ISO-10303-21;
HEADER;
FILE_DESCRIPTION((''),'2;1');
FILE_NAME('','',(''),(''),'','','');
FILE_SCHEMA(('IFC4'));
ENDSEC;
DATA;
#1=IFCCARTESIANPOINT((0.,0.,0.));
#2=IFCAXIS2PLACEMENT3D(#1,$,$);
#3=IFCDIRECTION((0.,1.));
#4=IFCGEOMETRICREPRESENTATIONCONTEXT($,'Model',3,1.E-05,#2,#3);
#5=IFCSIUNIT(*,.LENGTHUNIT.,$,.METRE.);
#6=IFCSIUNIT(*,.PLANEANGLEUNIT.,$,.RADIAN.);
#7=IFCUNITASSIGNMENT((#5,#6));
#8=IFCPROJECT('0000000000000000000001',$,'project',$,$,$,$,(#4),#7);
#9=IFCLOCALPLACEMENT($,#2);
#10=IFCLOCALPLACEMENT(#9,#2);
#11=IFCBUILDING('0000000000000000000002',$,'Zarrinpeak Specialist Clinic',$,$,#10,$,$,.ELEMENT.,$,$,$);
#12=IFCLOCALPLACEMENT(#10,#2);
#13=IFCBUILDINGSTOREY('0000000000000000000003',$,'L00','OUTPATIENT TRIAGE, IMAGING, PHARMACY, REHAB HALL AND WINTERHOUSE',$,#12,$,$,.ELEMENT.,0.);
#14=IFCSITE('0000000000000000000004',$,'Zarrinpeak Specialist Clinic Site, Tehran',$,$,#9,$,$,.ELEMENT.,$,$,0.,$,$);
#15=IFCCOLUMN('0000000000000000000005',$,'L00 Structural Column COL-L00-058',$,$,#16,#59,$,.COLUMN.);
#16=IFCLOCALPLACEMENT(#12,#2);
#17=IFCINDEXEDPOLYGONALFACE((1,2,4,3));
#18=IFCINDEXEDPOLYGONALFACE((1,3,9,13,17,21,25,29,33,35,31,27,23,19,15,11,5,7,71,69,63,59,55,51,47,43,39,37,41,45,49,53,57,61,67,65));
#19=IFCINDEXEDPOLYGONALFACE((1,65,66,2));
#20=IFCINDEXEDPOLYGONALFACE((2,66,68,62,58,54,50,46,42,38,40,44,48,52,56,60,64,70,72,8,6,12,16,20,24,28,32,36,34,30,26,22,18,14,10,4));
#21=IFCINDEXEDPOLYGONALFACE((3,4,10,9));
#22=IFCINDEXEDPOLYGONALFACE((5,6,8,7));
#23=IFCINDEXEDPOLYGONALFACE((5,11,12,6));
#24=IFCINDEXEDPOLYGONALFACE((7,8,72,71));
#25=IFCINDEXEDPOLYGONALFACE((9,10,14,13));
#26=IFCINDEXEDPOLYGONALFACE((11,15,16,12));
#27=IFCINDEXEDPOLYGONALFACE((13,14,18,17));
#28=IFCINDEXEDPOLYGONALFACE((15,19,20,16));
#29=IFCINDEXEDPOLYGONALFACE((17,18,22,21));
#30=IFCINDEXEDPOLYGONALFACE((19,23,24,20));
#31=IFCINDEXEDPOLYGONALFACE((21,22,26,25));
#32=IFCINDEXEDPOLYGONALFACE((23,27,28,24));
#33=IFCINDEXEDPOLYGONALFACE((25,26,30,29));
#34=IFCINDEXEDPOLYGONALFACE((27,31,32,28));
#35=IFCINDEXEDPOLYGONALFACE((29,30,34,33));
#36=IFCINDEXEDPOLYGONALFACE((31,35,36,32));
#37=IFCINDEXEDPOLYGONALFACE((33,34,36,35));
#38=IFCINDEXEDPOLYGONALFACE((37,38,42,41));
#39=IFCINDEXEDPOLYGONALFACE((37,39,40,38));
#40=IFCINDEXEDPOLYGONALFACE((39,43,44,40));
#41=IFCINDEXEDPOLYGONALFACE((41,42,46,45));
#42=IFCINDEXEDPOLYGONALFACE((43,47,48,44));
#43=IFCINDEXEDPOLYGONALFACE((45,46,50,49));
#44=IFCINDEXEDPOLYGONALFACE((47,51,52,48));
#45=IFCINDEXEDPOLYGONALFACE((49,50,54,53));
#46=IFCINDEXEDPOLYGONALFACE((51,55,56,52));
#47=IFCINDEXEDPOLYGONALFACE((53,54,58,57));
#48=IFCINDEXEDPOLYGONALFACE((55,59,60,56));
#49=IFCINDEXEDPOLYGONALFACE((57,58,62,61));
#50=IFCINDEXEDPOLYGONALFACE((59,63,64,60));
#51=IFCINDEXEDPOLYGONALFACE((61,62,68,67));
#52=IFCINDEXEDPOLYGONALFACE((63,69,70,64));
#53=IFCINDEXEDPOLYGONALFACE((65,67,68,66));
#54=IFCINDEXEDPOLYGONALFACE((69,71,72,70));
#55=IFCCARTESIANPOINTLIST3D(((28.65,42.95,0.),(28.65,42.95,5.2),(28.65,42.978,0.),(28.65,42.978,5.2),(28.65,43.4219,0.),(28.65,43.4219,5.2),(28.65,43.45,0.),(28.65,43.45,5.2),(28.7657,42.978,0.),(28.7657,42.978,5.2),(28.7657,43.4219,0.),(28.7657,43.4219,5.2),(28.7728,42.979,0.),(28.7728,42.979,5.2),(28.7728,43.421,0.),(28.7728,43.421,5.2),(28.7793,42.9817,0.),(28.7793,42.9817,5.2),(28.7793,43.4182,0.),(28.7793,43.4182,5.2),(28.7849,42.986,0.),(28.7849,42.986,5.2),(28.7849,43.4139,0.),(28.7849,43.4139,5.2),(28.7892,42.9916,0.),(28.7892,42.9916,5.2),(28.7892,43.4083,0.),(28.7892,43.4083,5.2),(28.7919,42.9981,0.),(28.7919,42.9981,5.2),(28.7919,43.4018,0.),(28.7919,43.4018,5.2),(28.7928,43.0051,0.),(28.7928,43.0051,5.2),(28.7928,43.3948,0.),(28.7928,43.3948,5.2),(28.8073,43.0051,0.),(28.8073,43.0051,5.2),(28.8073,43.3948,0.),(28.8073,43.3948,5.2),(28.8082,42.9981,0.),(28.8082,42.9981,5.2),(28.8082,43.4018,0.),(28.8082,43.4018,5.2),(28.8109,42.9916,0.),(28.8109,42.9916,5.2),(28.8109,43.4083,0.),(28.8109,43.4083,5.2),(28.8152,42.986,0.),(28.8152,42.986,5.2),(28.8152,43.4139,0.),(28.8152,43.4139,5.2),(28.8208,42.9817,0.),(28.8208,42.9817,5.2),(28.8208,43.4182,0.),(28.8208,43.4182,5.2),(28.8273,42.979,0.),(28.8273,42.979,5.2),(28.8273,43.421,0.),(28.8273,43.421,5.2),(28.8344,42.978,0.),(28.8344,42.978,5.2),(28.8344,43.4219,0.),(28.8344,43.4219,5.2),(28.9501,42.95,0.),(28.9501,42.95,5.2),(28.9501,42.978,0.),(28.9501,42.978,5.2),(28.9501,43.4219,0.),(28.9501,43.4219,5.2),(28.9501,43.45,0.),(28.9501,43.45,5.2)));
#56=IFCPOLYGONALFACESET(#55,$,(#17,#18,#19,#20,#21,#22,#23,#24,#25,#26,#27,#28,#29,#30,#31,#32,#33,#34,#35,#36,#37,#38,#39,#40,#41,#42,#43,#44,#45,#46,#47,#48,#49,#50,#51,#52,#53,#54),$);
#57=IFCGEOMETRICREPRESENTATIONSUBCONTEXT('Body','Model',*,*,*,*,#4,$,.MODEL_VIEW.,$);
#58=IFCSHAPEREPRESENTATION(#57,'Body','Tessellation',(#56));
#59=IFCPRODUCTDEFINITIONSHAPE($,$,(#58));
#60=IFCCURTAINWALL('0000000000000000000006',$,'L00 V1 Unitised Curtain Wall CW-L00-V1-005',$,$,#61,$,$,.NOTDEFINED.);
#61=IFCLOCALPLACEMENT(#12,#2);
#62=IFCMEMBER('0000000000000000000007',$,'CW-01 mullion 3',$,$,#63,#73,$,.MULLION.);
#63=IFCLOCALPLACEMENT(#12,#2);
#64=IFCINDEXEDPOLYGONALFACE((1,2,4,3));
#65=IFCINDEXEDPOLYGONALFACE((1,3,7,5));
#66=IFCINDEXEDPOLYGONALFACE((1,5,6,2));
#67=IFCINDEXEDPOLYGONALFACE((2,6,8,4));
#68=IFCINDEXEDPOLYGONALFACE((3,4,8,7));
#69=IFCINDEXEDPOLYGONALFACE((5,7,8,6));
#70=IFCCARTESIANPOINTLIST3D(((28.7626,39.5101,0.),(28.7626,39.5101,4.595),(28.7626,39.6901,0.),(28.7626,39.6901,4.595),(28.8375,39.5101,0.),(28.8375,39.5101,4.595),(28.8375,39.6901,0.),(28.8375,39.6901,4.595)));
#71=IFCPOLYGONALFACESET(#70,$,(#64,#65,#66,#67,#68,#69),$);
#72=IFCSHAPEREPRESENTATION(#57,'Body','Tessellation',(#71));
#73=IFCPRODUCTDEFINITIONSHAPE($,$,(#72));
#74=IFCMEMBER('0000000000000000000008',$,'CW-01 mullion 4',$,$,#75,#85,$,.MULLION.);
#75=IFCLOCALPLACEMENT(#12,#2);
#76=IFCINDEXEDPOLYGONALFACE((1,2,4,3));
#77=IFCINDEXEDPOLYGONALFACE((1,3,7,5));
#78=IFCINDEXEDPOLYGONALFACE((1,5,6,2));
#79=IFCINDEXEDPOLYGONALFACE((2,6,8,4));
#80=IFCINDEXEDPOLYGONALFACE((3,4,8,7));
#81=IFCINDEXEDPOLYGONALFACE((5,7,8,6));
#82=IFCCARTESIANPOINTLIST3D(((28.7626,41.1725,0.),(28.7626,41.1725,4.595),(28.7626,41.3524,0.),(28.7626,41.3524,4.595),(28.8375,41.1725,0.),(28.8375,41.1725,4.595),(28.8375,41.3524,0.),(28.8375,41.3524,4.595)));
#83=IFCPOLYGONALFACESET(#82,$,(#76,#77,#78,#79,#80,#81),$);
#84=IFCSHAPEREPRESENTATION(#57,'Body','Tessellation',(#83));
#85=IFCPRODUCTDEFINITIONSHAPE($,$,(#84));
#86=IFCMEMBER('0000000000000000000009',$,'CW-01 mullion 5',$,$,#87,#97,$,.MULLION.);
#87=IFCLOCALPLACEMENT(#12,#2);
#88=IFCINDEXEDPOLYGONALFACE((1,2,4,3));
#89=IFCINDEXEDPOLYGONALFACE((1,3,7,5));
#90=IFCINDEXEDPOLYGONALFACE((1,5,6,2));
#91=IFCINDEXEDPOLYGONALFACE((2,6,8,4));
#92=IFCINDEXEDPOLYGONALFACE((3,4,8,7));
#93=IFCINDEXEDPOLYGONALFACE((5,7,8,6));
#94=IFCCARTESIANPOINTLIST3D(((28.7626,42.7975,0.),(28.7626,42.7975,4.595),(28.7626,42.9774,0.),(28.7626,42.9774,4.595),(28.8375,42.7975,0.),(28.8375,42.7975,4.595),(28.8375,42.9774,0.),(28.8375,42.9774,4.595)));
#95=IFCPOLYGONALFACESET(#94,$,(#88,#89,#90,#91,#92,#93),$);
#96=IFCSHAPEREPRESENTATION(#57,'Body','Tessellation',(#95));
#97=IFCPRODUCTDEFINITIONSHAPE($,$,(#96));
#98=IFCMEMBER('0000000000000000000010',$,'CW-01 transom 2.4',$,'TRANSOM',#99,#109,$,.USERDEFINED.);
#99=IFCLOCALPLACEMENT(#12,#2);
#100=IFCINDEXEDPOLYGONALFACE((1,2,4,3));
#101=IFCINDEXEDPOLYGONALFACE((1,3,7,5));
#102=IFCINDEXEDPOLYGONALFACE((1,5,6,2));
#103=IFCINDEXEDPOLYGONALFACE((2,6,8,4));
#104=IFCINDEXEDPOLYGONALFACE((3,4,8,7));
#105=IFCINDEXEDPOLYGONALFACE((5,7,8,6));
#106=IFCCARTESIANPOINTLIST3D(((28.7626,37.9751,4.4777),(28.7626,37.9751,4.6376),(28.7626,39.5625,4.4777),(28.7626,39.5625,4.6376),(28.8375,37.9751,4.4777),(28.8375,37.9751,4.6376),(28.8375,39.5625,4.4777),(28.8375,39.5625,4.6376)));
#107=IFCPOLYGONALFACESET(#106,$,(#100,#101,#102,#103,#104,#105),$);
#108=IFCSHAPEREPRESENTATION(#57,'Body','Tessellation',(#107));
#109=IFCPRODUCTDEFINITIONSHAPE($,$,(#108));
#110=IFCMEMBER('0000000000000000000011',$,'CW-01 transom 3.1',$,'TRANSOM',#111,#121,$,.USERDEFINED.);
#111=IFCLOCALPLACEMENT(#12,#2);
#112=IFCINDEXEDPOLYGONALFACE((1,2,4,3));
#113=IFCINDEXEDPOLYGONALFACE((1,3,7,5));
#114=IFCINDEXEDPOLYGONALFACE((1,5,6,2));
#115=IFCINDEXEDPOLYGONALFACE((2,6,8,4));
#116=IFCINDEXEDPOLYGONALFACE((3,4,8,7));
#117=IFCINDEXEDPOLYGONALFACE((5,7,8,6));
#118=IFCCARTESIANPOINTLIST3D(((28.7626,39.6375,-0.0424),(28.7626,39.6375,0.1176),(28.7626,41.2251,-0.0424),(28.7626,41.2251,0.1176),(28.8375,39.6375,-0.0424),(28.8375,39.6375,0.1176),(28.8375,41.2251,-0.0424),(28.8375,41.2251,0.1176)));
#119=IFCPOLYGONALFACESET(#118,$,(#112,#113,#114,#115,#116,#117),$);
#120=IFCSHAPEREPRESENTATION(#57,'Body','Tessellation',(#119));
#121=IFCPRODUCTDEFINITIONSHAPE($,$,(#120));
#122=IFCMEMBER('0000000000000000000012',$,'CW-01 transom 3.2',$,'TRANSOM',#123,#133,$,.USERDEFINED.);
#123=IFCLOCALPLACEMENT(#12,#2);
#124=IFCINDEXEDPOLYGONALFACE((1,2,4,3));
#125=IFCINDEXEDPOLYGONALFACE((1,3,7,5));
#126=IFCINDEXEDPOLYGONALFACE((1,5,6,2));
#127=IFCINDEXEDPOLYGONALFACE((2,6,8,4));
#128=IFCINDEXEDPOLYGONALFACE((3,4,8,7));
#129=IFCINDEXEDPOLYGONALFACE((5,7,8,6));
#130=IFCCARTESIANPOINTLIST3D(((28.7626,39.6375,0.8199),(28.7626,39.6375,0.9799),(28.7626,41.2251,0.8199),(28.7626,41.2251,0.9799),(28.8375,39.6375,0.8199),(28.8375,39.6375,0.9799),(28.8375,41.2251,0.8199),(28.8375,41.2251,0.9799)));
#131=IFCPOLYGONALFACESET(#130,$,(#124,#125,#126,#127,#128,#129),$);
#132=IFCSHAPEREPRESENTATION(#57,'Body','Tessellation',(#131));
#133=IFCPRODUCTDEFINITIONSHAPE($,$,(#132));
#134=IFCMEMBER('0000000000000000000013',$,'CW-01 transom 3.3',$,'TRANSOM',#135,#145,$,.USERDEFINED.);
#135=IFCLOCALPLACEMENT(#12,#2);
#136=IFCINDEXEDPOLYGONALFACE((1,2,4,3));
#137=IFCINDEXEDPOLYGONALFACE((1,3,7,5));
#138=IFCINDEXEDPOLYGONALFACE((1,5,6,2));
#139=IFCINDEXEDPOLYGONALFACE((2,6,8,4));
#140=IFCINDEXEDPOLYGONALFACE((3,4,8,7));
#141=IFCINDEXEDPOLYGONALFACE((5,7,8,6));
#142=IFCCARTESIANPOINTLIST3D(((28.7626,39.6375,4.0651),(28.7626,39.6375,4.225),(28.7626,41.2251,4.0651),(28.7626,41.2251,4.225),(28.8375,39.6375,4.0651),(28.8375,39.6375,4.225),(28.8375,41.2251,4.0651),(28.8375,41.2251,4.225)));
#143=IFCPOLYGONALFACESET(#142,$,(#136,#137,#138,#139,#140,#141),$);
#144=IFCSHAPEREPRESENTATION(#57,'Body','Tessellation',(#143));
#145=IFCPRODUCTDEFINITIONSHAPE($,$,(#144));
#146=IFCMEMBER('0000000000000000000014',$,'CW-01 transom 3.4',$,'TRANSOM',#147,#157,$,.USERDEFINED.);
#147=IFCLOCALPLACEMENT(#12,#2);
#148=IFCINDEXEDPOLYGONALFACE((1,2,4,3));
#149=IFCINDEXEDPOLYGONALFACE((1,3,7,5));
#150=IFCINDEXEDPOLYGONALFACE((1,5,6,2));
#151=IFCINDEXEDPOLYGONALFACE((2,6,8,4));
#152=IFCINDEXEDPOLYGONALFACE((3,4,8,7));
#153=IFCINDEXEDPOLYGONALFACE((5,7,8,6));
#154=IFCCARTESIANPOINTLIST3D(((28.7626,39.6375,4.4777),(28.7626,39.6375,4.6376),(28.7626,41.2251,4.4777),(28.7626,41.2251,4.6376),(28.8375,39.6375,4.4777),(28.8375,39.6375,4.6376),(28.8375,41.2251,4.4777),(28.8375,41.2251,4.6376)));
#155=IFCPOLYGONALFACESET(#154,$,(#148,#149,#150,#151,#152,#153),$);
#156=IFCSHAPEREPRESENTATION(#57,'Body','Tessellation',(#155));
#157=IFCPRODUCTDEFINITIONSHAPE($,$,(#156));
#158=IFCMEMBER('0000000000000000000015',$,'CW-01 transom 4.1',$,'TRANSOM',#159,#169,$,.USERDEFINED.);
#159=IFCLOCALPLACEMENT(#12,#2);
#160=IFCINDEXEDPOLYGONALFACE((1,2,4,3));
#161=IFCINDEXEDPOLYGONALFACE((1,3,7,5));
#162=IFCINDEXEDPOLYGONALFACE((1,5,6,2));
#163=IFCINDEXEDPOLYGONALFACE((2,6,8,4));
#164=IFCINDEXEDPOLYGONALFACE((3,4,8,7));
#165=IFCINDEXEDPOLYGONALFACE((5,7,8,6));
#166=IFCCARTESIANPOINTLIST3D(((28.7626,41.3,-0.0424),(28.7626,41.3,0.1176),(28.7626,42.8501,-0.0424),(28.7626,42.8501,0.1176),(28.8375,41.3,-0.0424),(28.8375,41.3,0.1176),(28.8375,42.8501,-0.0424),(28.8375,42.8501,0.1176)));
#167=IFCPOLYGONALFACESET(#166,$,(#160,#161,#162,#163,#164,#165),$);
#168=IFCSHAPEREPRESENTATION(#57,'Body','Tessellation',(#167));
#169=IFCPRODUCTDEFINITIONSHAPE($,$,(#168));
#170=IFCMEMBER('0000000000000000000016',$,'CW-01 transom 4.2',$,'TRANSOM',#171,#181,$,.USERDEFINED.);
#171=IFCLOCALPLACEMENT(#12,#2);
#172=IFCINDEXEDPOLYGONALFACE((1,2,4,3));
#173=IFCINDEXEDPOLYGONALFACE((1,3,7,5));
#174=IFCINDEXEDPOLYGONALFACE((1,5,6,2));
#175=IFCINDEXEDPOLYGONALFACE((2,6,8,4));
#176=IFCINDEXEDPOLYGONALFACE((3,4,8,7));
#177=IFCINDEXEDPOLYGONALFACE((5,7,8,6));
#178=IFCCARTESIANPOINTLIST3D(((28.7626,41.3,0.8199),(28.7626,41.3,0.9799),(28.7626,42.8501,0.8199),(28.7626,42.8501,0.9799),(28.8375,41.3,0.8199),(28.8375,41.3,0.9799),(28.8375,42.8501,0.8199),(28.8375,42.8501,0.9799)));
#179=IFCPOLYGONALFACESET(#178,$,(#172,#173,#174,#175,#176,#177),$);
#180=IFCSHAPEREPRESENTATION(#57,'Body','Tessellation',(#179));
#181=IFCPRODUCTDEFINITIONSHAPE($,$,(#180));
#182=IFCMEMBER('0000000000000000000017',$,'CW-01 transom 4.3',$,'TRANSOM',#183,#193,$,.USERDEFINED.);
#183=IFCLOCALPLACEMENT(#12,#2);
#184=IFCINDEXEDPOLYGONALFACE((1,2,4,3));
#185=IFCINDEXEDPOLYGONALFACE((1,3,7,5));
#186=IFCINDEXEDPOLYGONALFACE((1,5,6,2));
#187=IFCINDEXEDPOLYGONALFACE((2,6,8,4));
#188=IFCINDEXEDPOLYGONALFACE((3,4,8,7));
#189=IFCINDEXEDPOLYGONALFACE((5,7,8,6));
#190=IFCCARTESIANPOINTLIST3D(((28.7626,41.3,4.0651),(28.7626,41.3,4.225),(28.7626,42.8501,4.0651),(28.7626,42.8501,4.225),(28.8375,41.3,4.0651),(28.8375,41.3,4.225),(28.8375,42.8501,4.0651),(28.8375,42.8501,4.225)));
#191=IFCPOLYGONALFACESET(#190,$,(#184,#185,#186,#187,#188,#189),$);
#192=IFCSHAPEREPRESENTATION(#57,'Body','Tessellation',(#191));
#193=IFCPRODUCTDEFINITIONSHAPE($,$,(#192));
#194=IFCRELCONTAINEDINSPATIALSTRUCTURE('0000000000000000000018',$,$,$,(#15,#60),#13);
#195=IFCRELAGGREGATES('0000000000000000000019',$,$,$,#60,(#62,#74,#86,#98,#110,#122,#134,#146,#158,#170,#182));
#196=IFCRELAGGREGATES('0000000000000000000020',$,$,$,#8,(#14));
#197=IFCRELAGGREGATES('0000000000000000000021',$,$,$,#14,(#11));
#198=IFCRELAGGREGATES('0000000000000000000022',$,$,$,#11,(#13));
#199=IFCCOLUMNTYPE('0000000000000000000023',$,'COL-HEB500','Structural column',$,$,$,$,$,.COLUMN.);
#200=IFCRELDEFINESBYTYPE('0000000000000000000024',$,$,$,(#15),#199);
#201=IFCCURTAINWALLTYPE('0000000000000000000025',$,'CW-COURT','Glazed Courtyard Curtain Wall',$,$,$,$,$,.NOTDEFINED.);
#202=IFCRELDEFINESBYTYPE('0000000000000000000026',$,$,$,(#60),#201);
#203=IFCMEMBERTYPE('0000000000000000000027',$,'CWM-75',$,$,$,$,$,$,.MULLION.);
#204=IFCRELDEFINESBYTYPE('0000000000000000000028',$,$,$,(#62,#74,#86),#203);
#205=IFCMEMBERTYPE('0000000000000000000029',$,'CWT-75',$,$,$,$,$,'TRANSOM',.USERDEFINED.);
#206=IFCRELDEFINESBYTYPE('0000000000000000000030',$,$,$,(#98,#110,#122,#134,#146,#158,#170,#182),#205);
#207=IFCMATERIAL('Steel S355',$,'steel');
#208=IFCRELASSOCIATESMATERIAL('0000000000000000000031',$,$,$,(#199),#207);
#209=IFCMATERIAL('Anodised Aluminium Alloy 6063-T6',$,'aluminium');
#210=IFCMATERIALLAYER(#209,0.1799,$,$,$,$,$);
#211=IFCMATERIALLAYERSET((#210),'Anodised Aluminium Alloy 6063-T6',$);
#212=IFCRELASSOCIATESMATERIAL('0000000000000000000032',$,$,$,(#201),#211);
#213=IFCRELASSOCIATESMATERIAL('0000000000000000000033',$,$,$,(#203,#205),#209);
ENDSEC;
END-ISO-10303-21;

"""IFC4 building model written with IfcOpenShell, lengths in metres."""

from ifc_helpers import new_model, si_unit, direction, frame, origin, origin_2d, place, context, subcontext, project, spatial, rectangle, i_section, extrude, material, layer, layer_set, material_profile, profile_set, type_object, element, aggregate, save


model = new_model("IFC4")

# Units and contexts
model_context = context("Model", 3, precision=1e-05, world=origin(), true_north=direction((0.0, 1.0)))
body_context = subcontext(model_context, "Body", "Model", "MODEL_VIEW")
ifc_project = project(units=[si_unit("LENGTHUNIT", "METRE"), si_unit("PLANEANGLEUNIT", "RADIAN")], contexts=[model_context])

# Site, building, storey
site_placement = place(None, origin())
site = spatial("IfcSite", under=ifc_project, at=site_placement, Name="Zarrinpeak Specialist Clinic Site, Tehran", CompositionType="ELEMENT", RefElevation=0.0)
building_placement = place(site_placement, origin())
building = spatial("IfcBuilding", under=site, at=building_placement, Name="Zarrinpeak Specialist Clinic", CompositionType="ELEMENT")
storey_placement = place(building_placement, origin())
storey = spatial("IfcBuildingStorey", under=building, at=storey_placement, Name="L00", Description="OUTPATIENT TRIAGE, IMAGING, PHARMACY, REHAB HALL AND WINTERHOUSE", CompositionType="ELEMENT", Elevation=0.0)

# Column
ifc_material_1 = material(Name="Steel S355", Category="steel")
ifc_material_profile_1 = material_profile(ifc_material_1, i_section(OverallWidth=0.3, OverallDepth=0.5, WebThickness=0.0144, FlangeThickness=0.0281, FilletRadius=0.0271, at=origin_2d()), Name="HEB 500")
ifc_profile_set_1 = profile_set([ifc_material_profile_1], Name="Steel S355")
column_type = type_object("IfcColumnType", Name="COL-HEB500", Description="Structural column", PredefinedType="COLUMN", material=ifc_profile_set_1)
column_placement = place(storey_placement, frame((28.8, 43.2, 0.0), z_axis=(0.0, 0.0, 1.0), x_axis=(1.0, 0.0, 0.0)))
element("IfcColumn", 1, at=column_placement, inside=storey, type_object=column_type, Name="L00 Structural Column COL-L00-058", PredefinedType="COLUMN", context=body_context, shape_type="SweptSolid", body=[
    extrude(i_section(OverallWidth=0.3, OverallDepth=0.5, WebThickness=0.0144, FlangeThickness=0.0281, FilletRadius=0.0271, at=origin_2d()), origin(), (0.0, 0.0, 1.0), 5.2),
])

# Curtain wall, members
ifc_material_2 = material(Name="Anodised Aluminium Alloy 6063-T6", Category="aluminium")
ifc_layer_1 = layer(ifc_material_2, 0.1799)
ifc_layer_set_1 = layer_set([ifc_layer_1], Name="Anodised Aluminium Alloy 6063-T6")
curtain_wall_type = type_object("IfcCurtainWallType", Name="CW-COURT", Description="Glazed Courtyard Curtain Wall", PredefinedType="NOTDEFINED", material=ifc_layer_set_1)
curtain_wall_placement = place(storey_placement, origin())
curtain_wall = element("IfcCurtainWall", 2, at=curtain_wall_placement, inside=storey, type_object=curtain_wall_type, Name="L00 V1 Unitised Curtain Wall CW-L00-V1-005", PredefinedType="NOTDEFINED")
ifc_material_profile_2 = material_profile(ifc_material_2, rectangle(XDim=0.075, YDim=0.1799, at=origin_2d()), Name="ALU 75x180")
ifc_profile_set_2 = profile_set([ifc_material_profile_2], Name="Anodised Aluminium Alloy 6063-T6")
member_type_1 = type_object("IfcMemberType", Name="CWM-75", PredefinedType="MULLION", material=ifc_profile_set_2)
member_1_placement = place(storey_placement, frame((28.8, 39.6001, 0.0), z_axis=(0.0, 0.0, 1.0), x_axis=(-1.0, 0.0, 0.0)))
member_1 = element("IfcMember", 3, at=member_1_placement, type_object=member_type_1, Name="CW-01 mullion 3", PredefinedType="MULLION", context=body_context, shape_type="SweptSolid", body=[
    extrude(rectangle(XDim=0.075, YDim=0.1799, at=origin_2d()), origin(), (0.0, 0.0, 1.0), 4.595),
])
member_2_placement = place(storey_placement, frame((28.8, 41.2625, 0.0), z_axis=(0.0, 0.0, 1.0), x_axis=(-1.0, 0.0, 0.0)))
member_2 = element("IfcMember", 4, at=member_2_placement, type_object=member_type_1, Name="CW-01 mullion 4", PredefinedType="MULLION", context=body_context, shape_type="SweptSolid", body=[
    extrude(rectangle(XDim=0.075, YDim=0.1799, at=origin_2d()), origin(), (0.0, 0.0, 1.0), 4.595),
])
member_3_placement = place(storey_placement, frame((28.8, 42.8875, 0.0), z_axis=(0.0, 0.0, 1.0), x_axis=(-1.0, 0.0, 0.0)))
member_3 = element("IfcMember", 5, at=member_3_placement, type_object=member_type_1, Name="CW-01 mullion 5", PredefinedType="MULLION", context=body_context, shape_type="SweptSolid", body=[
    extrude(rectangle(XDim=0.075, YDim=0.1799, at=origin_2d()), origin(), (0.0, 0.0, 1.0), 4.595),
])
ifc_material_profile_3 = material_profile(ifc_material_2, rectangle(XDim=0.075, YDim=0.1599, at=origin_2d()), Name="ALU 75x160")
ifc_profile_set_3 = profile_set([ifc_material_profile_3], Name="Anodised Aluminium Alloy 6063-T6")
member_type_2 = type_object("IfcMemberType", Name="CWT-75", ElementType="TRANSOM", PredefinedType="USERDEFINED", material=ifc_profile_set_3)
member_4_placement = place(storey_placement, frame((28.8, 37.9751, 4.5576), z_axis=(0.0, 1.0, 0.0), x_axis=(-1.0, 0.0, 0.0)))
member_4 = element("IfcMember", 6, at=member_4_placement, type_object=member_type_2, Name="CW-01 transom 2.4", ObjectType="TRANSOM", PredefinedType="USERDEFINED", context=body_context, shape_type="SweptSolid", body=[
    extrude(rectangle(XDim=0.075, YDim=0.1599, at=origin_2d()), origin(), (0.0, 0.0, 1.0), 1.5874),
])
member_5_placement = place(storey_placement, frame((28.8, 39.6375, 0.0376), z_axis=(0.0, 1.0, 0.0), x_axis=(-1.0, 0.0, 0.0)))
member_5 = element("IfcMember", 7, at=member_5_placement, type_object=member_type_2, Name="CW-01 transom 3.1", ObjectType="TRANSOM", PredefinedType="USERDEFINED", context=body_context, shape_type="SweptSolid", body=[
    extrude(rectangle(XDim=0.075, YDim=0.1599, at=origin_2d()), origin(), (0.0, 0.0, 1.0), 1.5876),
])
member_6_placement = place(storey_placement, frame((28.8, 39.6375, 0.8999), z_axis=(0.0, 1.0, 0.0), x_axis=(-1.0, 0.0, 0.0)))
member_6 = element("IfcMember", 8, at=member_6_placement, type_object=member_type_2, Name="CW-01 transom 3.2", ObjectType="TRANSOM", PredefinedType="USERDEFINED", context=body_context, shape_type="SweptSolid", body=[
    extrude(rectangle(XDim=0.075, YDim=0.1599, at=origin_2d()), origin(), (0.0, 0.0, 1.0), 1.5876),
])
member_7_placement = place(storey_placement, frame((28.8, 39.6375, 4.145), z_axis=(0.0, 1.0, 0.0), x_axis=(-1.0, 0.0, 0.0)))
member_7 = element("IfcMember", 9, at=member_7_placement, type_object=member_type_2, Name="CW-01 transom 3.3", ObjectType="TRANSOM", PredefinedType="USERDEFINED", context=body_context, shape_type="SweptSolid", body=[
    extrude(rectangle(XDim=0.075, YDim=0.1599, at=origin_2d()), origin(), (0.0, 0.0, 1.0), 1.5876),
])
member_8_placement = place(storey_placement, frame((28.8, 39.6375, 4.5576), z_axis=(0.0, 1.0, 0.0), x_axis=(-1.0, 0.0, 0.0)))
member_8 = element("IfcMember", 10, at=member_8_placement, type_object=member_type_2, Name="CW-01 transom 3.4", ObjectType="TRANSOM", PredefinedType="USERDEFINED", context=body_context, shape_type="SweptSolid", body=[
    extrude(rectangle(XDim=0.075, YDim=0.1599, at=origin_2d()), origin(), (0.0, 0.0, 1.0), 1.5876),
])
member_9_placement = place(storey_placement, frame((28.8, 41.3, 0.0376), z_axis=(0.0, 1.0, 0.0), x_axis=(-1.0, 0.0, 0.0)))
member_9 = element("IfcMember", 11, at=member_9_placement, type_object=member_type_2, Name="CW-01 transom 4.1", ObjectType="TRANSOM", PredefinedType="USERDEFINED", context=body_context, shape_type="SweptSolid", body=[
    extrude(rectangle(XDim=0.075, YDim=0.1599, at=origin_2d()), origin(), (0.0, 0.0, 1.0), 1.55),
])
member_10_placement = place(storey_placement, frame((28.8, 41.3, 0.8999), z_axis=(0.0, 1.0, 0.0), x_axis=(-1.0, 0.0, 0.0)))
member_10 = element("IfcMember", 12, at=member_10_placement, type_object=member_type_2, Name="CW-01 transom 4.2", ObjectType="TRANSOM", PredefinedType="USERDEFINED", context=body_context, shape_type="SweptSolid", body=[
    extrude(rectangle(XDim=0.075, YDim=0.1599, at=origin_2d()), origin(), (0.0, 0.0, 1.0), 1.55),
])
member_11_placement = place(storey_placement, frame((28.8, 41.3, 4.145), z_axis=(0.0, 1.0, 0.0), x_axis=(-1.0, 0.0, 0.0)))
member_11 = element("IfcMember", 13, at=member_11_placement, type_object=member_type_2, Name="CW-01 transom 4.3", ObjectType="TRANSOM", PredefinedType="USERDEFINED", context=body_context, shape_type="SweptSolid", body=[
    extrude(rectangle(XDim=0.075, YDim=0.1599, at=origin_2d()), origin(), (0.0, 0.0, 1.0), 1.55),
])
aggregate(curtain_wall, [member_1, member_2, member_3, member_4, member_5, member_6, member_7, member_8, member_9, member_10, member_11])

save(model, "model.ifc")
